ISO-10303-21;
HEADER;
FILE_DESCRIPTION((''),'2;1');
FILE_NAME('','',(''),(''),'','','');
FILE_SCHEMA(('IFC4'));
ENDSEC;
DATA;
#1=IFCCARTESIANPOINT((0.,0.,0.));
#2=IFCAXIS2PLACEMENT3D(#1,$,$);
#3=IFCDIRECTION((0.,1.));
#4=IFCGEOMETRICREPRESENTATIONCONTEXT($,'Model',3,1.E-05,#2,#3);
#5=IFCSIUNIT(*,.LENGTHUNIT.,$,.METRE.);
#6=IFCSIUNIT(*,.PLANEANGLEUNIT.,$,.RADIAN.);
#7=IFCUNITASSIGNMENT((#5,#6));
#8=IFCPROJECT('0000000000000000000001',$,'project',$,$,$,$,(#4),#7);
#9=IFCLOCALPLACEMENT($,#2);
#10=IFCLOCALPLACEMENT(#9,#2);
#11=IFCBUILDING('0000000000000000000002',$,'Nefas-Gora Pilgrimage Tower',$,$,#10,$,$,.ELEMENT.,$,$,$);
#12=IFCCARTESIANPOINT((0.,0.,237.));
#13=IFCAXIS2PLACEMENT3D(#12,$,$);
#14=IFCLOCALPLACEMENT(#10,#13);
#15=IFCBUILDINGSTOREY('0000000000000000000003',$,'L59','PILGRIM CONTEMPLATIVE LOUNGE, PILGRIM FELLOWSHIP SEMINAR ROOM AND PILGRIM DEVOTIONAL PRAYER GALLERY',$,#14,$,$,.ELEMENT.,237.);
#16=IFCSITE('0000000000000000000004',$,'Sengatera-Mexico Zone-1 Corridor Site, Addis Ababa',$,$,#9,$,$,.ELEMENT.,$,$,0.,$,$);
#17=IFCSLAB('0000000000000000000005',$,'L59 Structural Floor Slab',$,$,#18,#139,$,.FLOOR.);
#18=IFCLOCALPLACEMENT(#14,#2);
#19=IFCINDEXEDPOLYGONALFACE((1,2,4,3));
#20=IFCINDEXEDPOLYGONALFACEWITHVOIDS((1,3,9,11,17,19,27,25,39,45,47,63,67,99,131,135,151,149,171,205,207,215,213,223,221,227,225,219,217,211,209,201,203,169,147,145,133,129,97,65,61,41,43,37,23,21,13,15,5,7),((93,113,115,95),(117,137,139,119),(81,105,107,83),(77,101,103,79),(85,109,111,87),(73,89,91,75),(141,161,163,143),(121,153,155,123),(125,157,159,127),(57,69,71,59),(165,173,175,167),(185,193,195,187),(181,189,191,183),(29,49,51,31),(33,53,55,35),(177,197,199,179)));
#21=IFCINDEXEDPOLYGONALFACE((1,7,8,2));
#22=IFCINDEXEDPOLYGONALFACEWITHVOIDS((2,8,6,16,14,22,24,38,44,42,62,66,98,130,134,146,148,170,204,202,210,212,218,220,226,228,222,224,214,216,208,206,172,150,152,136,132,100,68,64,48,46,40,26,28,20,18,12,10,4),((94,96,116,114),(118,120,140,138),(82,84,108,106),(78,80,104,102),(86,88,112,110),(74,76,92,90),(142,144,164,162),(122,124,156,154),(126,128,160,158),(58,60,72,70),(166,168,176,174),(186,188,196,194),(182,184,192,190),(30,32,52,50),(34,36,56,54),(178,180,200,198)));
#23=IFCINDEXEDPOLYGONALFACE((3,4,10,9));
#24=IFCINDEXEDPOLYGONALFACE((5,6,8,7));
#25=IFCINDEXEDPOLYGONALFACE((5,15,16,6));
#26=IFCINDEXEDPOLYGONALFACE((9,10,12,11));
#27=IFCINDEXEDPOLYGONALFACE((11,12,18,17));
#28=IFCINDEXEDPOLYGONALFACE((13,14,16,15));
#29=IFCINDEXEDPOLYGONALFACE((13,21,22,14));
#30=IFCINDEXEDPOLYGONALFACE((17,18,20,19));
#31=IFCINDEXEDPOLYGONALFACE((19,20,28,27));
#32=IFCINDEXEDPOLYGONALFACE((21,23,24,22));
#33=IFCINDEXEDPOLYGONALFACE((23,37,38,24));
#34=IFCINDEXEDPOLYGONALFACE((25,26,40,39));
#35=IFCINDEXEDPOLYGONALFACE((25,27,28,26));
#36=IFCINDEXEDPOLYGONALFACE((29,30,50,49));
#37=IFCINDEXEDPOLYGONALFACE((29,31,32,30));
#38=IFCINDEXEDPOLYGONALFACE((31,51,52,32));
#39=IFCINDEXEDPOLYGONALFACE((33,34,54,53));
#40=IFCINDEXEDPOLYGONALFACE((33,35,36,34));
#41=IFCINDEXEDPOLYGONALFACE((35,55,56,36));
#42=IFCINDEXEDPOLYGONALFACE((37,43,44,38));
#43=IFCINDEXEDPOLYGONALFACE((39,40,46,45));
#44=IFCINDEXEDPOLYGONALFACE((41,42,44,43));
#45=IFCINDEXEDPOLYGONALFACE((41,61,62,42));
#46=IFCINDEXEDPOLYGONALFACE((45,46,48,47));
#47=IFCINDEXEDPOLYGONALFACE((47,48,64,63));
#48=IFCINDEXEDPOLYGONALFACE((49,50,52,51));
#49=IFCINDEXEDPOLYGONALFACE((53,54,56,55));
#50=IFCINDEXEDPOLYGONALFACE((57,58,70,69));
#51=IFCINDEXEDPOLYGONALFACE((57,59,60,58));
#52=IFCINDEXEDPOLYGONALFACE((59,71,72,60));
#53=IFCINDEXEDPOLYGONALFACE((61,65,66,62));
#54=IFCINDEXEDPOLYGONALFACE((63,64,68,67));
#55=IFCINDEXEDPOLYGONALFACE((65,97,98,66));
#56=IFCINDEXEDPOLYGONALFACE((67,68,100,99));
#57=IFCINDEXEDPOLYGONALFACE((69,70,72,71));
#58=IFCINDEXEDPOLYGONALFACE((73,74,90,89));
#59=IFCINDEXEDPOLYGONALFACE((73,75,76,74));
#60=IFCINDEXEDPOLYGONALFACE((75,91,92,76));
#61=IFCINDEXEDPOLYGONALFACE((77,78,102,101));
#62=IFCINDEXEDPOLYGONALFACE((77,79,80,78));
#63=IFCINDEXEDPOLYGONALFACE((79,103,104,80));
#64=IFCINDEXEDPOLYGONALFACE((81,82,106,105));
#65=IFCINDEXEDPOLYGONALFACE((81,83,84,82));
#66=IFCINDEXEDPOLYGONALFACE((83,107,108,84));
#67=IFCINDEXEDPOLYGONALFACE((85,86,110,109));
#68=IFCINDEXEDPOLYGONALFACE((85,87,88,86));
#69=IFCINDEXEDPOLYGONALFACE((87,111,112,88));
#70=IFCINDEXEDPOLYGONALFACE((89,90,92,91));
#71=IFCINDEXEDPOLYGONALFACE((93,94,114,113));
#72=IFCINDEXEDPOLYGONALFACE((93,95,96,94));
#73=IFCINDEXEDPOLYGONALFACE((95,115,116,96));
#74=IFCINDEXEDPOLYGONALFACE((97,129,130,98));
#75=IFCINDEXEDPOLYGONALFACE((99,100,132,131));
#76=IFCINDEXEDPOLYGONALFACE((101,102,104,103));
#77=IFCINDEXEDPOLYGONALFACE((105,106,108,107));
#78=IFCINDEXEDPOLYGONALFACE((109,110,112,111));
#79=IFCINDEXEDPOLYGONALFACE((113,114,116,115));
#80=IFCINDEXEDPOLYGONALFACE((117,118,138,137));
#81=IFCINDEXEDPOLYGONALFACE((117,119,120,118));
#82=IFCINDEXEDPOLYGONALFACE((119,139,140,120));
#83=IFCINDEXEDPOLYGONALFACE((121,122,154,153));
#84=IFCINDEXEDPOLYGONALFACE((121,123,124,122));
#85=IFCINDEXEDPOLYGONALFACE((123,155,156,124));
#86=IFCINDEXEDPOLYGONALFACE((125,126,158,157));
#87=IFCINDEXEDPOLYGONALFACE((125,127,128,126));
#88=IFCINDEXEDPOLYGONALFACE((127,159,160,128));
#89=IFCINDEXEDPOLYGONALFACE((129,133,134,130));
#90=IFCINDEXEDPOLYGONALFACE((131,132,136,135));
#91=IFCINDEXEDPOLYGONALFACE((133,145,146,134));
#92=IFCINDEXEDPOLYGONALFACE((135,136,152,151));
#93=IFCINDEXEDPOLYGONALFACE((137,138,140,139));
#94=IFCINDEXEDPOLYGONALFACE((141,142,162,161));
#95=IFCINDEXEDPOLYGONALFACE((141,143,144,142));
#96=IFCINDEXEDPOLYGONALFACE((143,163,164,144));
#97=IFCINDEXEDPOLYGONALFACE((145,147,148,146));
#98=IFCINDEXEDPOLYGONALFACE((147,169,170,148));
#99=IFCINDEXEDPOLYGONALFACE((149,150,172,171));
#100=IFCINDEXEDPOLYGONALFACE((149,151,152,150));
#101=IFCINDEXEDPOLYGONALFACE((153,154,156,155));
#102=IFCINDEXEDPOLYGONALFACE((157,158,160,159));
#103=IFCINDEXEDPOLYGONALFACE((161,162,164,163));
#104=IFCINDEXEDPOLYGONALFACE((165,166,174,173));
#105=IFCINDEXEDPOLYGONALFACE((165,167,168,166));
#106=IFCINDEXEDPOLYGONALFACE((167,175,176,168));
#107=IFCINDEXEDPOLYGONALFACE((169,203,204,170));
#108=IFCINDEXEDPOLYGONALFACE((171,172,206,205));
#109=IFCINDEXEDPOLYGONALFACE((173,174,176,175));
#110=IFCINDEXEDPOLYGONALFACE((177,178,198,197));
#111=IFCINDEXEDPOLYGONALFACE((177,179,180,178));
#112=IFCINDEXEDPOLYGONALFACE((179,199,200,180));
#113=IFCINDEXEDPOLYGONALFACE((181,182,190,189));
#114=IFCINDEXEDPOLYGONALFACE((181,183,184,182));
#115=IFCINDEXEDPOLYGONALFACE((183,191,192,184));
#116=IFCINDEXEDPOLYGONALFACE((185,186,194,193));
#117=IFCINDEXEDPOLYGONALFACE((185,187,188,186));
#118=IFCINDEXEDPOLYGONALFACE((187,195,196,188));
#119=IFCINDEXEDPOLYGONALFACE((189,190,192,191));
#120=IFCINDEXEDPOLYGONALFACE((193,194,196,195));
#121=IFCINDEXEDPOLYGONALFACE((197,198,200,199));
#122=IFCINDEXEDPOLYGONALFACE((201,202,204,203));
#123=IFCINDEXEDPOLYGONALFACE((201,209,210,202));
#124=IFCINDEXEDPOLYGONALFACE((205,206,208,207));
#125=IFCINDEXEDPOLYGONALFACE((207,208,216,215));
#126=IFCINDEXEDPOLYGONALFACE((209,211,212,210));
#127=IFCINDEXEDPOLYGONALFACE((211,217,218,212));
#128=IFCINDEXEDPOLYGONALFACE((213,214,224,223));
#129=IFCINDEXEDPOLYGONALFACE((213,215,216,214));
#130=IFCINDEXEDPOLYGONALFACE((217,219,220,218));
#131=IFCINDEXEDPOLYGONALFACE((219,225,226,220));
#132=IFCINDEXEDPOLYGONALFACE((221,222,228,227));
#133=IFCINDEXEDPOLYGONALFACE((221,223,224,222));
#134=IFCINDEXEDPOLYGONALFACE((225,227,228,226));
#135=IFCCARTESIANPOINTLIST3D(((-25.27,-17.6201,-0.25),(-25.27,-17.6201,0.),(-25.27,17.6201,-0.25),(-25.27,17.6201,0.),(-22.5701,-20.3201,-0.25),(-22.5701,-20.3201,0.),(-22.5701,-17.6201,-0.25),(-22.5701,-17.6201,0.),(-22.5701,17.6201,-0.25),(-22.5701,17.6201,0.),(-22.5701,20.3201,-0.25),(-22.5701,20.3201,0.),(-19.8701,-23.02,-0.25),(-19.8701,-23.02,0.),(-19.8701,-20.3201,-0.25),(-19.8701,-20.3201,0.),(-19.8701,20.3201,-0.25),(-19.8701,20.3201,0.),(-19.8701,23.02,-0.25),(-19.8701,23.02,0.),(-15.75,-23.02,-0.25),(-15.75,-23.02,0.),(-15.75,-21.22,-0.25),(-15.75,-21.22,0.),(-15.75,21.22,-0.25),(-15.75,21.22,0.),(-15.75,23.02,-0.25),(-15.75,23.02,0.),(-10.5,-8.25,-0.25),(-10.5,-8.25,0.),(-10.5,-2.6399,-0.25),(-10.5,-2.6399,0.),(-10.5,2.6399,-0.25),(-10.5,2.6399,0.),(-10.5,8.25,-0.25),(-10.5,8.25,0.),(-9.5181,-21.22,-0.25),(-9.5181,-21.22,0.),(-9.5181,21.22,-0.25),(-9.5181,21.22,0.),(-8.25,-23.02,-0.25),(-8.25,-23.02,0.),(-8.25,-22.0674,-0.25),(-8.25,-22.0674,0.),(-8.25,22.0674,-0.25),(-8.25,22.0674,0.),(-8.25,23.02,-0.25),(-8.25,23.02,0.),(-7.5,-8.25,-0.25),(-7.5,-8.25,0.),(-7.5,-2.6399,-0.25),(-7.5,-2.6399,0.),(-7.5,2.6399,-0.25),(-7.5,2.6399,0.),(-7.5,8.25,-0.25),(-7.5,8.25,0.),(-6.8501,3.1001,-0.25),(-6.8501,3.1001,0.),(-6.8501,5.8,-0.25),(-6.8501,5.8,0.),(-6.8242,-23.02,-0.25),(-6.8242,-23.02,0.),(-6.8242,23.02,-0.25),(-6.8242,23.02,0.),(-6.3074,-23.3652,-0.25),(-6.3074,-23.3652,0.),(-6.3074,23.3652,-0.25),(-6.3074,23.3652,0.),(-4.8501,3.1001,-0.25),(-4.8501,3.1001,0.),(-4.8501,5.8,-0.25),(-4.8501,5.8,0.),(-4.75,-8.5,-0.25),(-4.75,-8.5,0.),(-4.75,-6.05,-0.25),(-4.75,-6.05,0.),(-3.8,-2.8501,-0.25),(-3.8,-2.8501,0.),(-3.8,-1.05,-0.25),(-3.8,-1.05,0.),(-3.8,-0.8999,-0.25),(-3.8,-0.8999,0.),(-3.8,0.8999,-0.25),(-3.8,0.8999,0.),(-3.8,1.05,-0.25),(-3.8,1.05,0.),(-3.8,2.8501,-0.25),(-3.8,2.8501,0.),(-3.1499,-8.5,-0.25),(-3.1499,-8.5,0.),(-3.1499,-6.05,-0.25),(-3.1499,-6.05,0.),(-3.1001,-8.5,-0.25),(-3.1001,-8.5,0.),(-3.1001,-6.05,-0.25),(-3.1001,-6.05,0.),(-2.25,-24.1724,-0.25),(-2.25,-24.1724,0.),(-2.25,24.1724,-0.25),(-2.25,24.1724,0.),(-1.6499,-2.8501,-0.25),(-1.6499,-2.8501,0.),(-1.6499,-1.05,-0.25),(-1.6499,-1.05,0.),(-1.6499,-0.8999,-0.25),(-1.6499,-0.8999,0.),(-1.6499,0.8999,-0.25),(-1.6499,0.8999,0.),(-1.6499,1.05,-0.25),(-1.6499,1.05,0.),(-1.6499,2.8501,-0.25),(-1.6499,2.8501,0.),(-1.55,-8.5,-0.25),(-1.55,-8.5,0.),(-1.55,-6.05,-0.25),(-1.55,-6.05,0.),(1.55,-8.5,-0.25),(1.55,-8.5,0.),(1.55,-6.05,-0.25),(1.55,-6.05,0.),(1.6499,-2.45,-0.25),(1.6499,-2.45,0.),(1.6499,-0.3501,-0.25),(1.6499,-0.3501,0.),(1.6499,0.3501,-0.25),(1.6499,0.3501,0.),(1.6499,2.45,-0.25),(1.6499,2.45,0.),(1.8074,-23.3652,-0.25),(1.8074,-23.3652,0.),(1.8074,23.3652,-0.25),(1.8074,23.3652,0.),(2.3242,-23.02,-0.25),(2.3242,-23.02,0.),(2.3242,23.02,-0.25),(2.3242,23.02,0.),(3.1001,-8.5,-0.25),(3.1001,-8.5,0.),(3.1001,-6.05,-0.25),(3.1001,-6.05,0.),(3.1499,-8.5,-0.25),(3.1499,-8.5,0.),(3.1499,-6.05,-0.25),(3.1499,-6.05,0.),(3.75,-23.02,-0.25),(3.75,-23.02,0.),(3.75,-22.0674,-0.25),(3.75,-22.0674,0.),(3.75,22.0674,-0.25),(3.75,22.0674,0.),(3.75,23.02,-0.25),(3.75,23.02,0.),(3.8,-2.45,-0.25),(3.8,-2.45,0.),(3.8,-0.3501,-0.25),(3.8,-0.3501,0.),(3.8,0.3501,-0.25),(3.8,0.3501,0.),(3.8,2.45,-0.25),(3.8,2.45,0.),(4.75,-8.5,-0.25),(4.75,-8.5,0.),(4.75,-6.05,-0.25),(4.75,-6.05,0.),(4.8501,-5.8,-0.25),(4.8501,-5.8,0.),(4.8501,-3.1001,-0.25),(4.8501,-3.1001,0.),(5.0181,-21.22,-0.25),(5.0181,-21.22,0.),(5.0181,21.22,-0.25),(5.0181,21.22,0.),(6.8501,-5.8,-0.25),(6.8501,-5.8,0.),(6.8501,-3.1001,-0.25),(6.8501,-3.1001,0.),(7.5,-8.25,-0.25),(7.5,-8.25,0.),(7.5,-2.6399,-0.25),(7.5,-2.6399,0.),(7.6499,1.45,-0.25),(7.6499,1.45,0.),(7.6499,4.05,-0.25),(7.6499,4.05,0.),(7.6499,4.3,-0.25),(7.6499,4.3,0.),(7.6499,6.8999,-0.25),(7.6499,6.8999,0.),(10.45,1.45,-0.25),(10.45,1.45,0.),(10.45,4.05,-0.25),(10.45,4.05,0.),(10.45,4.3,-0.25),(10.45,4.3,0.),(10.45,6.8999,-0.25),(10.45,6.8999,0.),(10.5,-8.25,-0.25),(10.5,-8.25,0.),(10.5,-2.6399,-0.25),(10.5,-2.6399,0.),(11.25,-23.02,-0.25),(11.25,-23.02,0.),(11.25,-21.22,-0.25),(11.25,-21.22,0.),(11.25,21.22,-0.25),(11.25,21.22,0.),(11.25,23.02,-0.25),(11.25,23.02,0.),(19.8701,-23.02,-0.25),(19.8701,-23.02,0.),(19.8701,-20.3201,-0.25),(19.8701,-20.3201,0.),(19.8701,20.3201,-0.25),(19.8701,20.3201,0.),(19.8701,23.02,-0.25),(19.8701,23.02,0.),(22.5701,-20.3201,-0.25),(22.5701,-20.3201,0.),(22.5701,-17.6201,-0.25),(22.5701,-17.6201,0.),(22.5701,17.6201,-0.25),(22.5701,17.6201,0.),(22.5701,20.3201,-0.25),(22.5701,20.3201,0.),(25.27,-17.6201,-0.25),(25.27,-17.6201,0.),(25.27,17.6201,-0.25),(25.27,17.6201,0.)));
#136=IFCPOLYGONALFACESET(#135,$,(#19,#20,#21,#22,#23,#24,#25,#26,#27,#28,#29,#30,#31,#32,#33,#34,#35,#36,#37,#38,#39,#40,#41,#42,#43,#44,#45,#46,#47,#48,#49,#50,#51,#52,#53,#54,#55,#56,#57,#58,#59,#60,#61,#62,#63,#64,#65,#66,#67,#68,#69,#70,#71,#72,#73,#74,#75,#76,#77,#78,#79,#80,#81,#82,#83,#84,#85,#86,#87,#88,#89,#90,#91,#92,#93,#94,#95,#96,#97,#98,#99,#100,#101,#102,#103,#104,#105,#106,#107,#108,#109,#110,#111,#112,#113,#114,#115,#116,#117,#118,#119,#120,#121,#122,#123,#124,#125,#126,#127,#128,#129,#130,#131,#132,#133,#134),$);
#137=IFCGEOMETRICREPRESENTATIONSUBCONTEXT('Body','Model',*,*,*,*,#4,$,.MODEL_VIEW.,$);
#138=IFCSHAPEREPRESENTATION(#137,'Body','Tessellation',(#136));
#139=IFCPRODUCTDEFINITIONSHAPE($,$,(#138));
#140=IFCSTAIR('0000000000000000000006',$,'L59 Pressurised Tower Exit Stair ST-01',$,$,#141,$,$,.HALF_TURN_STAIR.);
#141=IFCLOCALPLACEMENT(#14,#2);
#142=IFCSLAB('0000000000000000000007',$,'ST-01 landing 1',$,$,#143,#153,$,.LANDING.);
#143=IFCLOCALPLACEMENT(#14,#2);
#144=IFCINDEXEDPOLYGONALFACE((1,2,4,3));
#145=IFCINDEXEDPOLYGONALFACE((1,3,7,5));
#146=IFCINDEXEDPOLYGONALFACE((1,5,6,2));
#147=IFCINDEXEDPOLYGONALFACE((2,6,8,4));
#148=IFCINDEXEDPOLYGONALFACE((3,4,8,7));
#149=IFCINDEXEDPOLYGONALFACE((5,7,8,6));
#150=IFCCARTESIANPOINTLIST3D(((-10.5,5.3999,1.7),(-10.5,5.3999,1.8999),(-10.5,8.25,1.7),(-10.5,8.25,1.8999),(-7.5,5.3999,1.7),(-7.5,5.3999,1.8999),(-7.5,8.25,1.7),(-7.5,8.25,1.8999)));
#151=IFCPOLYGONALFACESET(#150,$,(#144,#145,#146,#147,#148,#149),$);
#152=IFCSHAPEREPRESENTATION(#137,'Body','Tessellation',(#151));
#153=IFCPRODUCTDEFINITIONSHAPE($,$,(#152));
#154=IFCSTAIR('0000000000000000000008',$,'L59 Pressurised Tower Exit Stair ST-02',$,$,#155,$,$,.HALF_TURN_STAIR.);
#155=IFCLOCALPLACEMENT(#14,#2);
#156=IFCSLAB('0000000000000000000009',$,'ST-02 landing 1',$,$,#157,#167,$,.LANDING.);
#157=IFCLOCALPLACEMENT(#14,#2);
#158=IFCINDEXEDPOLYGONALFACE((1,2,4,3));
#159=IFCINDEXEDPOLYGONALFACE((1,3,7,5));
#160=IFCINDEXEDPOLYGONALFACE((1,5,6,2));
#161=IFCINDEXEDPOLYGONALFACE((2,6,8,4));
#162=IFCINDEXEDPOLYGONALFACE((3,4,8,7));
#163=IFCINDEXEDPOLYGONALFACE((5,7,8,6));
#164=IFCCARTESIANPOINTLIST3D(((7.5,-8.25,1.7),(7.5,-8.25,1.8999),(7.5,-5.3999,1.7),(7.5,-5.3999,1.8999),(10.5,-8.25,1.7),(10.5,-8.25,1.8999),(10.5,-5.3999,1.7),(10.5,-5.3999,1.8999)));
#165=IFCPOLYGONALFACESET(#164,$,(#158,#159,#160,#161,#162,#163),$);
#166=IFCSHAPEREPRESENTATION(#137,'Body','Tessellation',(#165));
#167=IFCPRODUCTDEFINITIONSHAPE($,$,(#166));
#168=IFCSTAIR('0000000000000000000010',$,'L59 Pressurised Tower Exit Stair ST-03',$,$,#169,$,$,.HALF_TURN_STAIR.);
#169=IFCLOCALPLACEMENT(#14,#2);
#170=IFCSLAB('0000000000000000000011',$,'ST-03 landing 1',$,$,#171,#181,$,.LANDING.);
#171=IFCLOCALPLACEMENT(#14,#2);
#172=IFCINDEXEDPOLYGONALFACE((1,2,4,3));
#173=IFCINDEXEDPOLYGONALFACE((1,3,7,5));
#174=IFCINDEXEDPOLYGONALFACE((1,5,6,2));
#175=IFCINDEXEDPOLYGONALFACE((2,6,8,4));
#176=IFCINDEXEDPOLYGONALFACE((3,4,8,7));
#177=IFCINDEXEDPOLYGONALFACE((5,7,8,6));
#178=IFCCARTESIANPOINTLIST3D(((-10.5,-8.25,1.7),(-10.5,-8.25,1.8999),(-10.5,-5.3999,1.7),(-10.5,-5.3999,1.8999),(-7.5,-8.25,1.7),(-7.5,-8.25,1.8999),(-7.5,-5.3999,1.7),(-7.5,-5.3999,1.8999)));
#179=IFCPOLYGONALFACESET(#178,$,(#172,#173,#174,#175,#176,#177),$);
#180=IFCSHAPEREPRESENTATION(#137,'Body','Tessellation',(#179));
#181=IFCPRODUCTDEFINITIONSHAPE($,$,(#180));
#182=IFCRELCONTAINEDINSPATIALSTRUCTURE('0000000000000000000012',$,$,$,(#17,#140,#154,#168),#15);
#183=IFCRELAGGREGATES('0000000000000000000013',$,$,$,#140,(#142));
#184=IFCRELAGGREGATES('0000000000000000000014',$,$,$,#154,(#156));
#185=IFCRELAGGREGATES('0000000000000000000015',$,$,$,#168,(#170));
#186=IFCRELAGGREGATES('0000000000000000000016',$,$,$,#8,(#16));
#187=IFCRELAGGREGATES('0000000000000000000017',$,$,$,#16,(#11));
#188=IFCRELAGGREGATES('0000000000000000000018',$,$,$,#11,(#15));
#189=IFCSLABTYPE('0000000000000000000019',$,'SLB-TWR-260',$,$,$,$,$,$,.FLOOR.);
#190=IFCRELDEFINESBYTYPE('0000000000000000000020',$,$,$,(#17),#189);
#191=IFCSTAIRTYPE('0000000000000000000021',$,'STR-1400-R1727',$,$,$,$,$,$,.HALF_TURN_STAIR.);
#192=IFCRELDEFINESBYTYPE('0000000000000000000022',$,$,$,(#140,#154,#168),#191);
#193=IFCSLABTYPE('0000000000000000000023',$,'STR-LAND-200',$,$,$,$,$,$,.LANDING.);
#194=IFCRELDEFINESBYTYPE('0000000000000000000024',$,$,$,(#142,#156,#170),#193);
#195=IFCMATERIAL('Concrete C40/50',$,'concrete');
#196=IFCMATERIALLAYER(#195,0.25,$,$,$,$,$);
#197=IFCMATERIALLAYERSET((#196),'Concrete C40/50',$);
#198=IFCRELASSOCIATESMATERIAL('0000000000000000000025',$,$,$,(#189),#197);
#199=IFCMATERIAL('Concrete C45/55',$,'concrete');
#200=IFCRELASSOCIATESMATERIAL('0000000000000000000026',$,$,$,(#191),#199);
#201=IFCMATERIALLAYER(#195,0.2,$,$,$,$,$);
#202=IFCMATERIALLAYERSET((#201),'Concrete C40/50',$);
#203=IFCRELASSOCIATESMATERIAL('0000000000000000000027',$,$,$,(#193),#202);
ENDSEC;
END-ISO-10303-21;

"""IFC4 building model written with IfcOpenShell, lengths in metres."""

from ifc_helpers import new_model, si_unit, direction, frame, origin, place, context, subcontext, project, spatial, polyline, outline, extrude, material, layer, layer_set, type_object, element, aggregate, save


model = new_model("IFC4")

# Units and contexts
model_context = context("Model", 3, precision=1e-05, world=origin(), true_north=direction((0.0, 1.0)))
body_context = subcontext(model_context, "Body", "Model", "MODEL_VIEW")
ifc_project = project(units=[si_unit("LENGTHUNIT", "METRE"), si_unit("PLANEANGLEUNIT", "RADIAN")], contexts=[model_context])

# Site, building, storey
site_placement = place(None, origin())
site = spatial("IfcSite", under=ifc_project, at=site_placement, Name="Sengatera-Mexico Zone-1 Corridor Site, Addis Ababa", CompositionType="ELEMENT", RefElevation=0.0)
building_placement = place(site_placement, origin())
building = spatial("IfcBuilding", under=site, at=building_placement, Name="Nefas-Gora Pilgrimage Tower", CompositionType="ELEMENT")
storey_placement = place(building_placement, frame((0.0, 0.0, 237.0)))
storey = spatial("IfcBuildingStorey", under=building, at=storey_placement, Name="L59", Description="PILGRIM CONTEMPLATIVE LOUNGE, PILGRIM FELLOWSHIP SEMINAR ROOM AND PILGRIM DEVOTIONAL PRAYER GALLERY", CompositionType="ELEMENT", Elevation=237.0)

# Slab
ifc_material_1 = material(Name="Concrete C40/50", Category="concrete")
ifc_layer_1 = layer(ifc_material_1, 0.25)
ifc_layer_set_1 = layer_set([ifc_layer_1], Name="Concrete C40/50")
slab_type_1 = type_object("IfcSlabType", Name="SLB-TWR-260", PredefinedType="FLOOR", material=ifc_layer_set_1)
slab_1_placement = place(storey_placement, frame((0.0, 0.0, -0.25)))
element("IfcSlab", 1, at=slab_1_placement, inside=storey, type_object=slab_type_1, Name="L59 Structural Floor Slab", PredefinedType="FLOOR", context=body_context, shape_type="SweptSolid", body=[
    extrude(outline(polyline([(5.0181, -21.22), (11.25, -21.22), (11.25, -23.02), (19.8701, -23.02), (19.8701, -20.3201), (22.5701, -20.3201), (22.5701, -17.6201), (25.27, -17.6201), (25.27, 17.6201), (22.5701, 17.6201), (22.5701, 20.3201), (19.8701, 20.3201), (19.8701, 23.02), (11.25, 23.02), (11.25, 21.22), (5.0181, 21.22), (3.75, 22.0674), (3.75, 23.02), (2.3242, 23.02), (1.8074, 23.3652), (-2.25, 24.1724), (-6.3074, 23.3652), (-6.8242, 23.02), (-8.25, 23.02), (-8.25, 22.0674), (-9.5181, 21.22), (-15.75, 21.22), (-15.75, 23.02), (-19.8701, 23.02), (-19.8701, 20.3201), (-22.5701, 20.3201), (-22.5701, 17.6201), (-25.27, 17.6201), (-25.27, -17.6201), (-22.5701, -17.6201), (-22.5701, -20.3201), (-19.8701, -20.3201), (-19.8701, -23.02), (-15.75, -23.02), (-15.75, -21.22), (-9.5181, -21.22), (-8.25, -22.0674), (-8.25, -23.02), (-6.8242, -23.02), (-6.3074, -23.3652), (-2.25, -24.1724), (1.8074, -23.3652), (2.3242, -23.02), (3.75, -23.02), (3.75, -22.0674), (5.0181, -21.22)]), holes=[polyline([(-10.5, 2.6399), (-10.5, 8.25), (-7.5, 8.25), (-7.5, 2.6399), (-10.5, 2.6399)]), polyline([(10.5, -2.6399), (10.5, -8.25), (7.5, -8.25), (7.5, -2.6399), (10.5, -2.6399)]), polyline([(-7.5, -2.6399), (-7.5, -8.25), (-10.5, -8.25), (-10.5, -2.6399), (-7.5, -2.6399)]), polyline([(-6.8501, 5.8), (-4.8501, 5.8), (-4.8501, 3.1001), (-6.8501, 3.1001), (-6.8501, 5.8)]), polyline([(4.8501, -3.1001), (6.8501, -3.1001), (6.8501, -5.8), (4.8501, -5.8), (4.8501, -3.1001)]), polyline([(7.6499, 4.05), (10.45, 4.05), (10.45, 1.45), (7.6499, 1.45), (7.6499, 4.05)]), polyline([(7.6499, 6.8999), (10.45, 6.8999), (10.45, 4.3), (7.6499, 4.3), (7.6499, 6.8999)]), polyline([(-4.75, -6.05), (-3.1499, -6.05), (-3.1499, -8.5), (-4.75, -8.5), (-4.75, -6.05)]), polyline([(-3.1001, -6.05), (-1.55, -6.05), (-1.55, -8.5), (-3.1001, -8.5), (-3.1001, -6.05)]), polyline([(1.55, -6.05), (3.1001, -6.05), (3.1001, -8.5), (1.55, -8.5), (1.55, -6.05)]), polyline([(3.1499, -6.05), (4.75, -6.05), (4.75, -8.5), (3.1499, -8.5), (3.1499, -6.05)]), polyline([(-3.8, -1.05), (-1.6499, -1.05), (-1.6499, -2.8501), (-3.8, -2.8501), (-3.8, -1.05)]), polyline([(-3.8, 0.8999), (-1.6499, 0.8999), (-1.6499, -0.8999), (-3.8, -0.8999), (-3.8, 0.8999)]), polyline([(-3.8, 2.8501), (-1.6499, 2.8501), (-1.6499, 1.05), (-3.8, 1.05), (-3.8, 2.8501)]), polyline([(1.6499, -0.3501), (3.8, -0.3501), (3.8, -2.45), (1.6499, -2.45), (1.6499, -0.3501)]), polyline([(1.6499, 2.45), (3.8, 2.45), (3.8, 0.3501), (1.6499, 0.3501), (1.6499, 2.45)])]), origin(), (0.0, 0.0, 1.0), 0.25),
])

# Stairs, slabs
ifc_material_2 = material(Name="Concrete C45/55", Category="concrete")
stair_type = type_object("IfcStairType", Name="STR-1400-R1727", PredefinedType="HALF_TURN_STAIR", material=ifc_material_2)
stair_1_placement = place(storey_placement, origin())
stair_1 = element("IfcStair", 2, at=stair_1_placement, inside=storey, type_object=stair_type, Name="L59 Pressurised Tower Exit Stair ST-01", PredefinedType="HALF_TURN_STAIR")
ifc_layer_2 = layer(ifc_material_1, 0.2)
ifc_layer_set_2 = layer_set([ifc_layer_2], Name="Concrete C40/50")
slab_type_2 = type_object("IfcSlabType", Name="STR-LAND-200", PredefinedType="LANDING", material=ifc_layer_set_2)
slab_2_placement = place(storey_placement, frame((0.0, 0.0, 1.7)))
slab_2 = element("IfcSlab", 3, at=slab_2_placement, type_object=slab_type_2, Name="ST-01 landing 1", PredefinedType="LANDING", context=body_context, shape_type="SweptSolid", body=[
    extrude(outline(polyline([(-7.5, 5.3999), (-7.5, 8.25), (-10.5, 8.25), (-10.5, 5.3999), (-7.5, 5.3999)])), origin(), (0.0, 0.0, 1.0), 0.2),
])
aggregate(stair_1, [slab_2])
stair_2_placement = place(storey_placement, origin())
stair_2 = element("IfcStair", 4, at=stair_2_placement, inside=storey, type_object=stair_type, Name="L59 Pressurised Tower Exit Stair ST-02", PredefinedType="HALF_TURN_STAIR")
slab_3_placement = place(storey_placement, frame((0.0, 0.0, 1.7)))
slab_3 = element("IfcSlab", 5, at=slab_3_placement, type_object=slab_type_2, Name="ST-02 landing 1", PredefinedType="LANDING", context=body_context, shape_type="SweptSolid", body=[
    extrude(outline(polyline([(7.5, -5.3999), (7.5, -8.25), (10.5, -8.25), (10.5, -5.3999), (7.5, -5.3999)])), origin(), (0.0, 0.0, 1.0), 0.2),
])
aggregate(stair_2, [slab_3])
stair_3_placement = place(storey_placement, origin())
stair_3 = element("IfcStair", 6, at=stair_3_placement, inside=storey, type_object=stair_type, Name="L59 Pressurised Tower Exit Stair ST-03", PredefinedType="HALF_TURN_STAIR")
slab_4_placement = place(storey_placement, frame((0.0, 0.0, 1.7)))
slab_4 = element("IfcSlab", 7, at=slab_4_placement, type_object=slab_type_2, Name="ST-03 landing 1", PredefinedType="LANDING", context=body_context, shape_type="SweptSolid", body=[
    extrude(outline(polyline([(-10.5, -5.3999), (-10.5, -8.25), (-7.5, -8.25), (-7.5, -5.3999), (-10.5, -5.3999)])), origin(), (0.0, 0.0, 1.0), 0.2),
])
aggregate(stair_3, [slab_4])

save(model, "model.ifc")
